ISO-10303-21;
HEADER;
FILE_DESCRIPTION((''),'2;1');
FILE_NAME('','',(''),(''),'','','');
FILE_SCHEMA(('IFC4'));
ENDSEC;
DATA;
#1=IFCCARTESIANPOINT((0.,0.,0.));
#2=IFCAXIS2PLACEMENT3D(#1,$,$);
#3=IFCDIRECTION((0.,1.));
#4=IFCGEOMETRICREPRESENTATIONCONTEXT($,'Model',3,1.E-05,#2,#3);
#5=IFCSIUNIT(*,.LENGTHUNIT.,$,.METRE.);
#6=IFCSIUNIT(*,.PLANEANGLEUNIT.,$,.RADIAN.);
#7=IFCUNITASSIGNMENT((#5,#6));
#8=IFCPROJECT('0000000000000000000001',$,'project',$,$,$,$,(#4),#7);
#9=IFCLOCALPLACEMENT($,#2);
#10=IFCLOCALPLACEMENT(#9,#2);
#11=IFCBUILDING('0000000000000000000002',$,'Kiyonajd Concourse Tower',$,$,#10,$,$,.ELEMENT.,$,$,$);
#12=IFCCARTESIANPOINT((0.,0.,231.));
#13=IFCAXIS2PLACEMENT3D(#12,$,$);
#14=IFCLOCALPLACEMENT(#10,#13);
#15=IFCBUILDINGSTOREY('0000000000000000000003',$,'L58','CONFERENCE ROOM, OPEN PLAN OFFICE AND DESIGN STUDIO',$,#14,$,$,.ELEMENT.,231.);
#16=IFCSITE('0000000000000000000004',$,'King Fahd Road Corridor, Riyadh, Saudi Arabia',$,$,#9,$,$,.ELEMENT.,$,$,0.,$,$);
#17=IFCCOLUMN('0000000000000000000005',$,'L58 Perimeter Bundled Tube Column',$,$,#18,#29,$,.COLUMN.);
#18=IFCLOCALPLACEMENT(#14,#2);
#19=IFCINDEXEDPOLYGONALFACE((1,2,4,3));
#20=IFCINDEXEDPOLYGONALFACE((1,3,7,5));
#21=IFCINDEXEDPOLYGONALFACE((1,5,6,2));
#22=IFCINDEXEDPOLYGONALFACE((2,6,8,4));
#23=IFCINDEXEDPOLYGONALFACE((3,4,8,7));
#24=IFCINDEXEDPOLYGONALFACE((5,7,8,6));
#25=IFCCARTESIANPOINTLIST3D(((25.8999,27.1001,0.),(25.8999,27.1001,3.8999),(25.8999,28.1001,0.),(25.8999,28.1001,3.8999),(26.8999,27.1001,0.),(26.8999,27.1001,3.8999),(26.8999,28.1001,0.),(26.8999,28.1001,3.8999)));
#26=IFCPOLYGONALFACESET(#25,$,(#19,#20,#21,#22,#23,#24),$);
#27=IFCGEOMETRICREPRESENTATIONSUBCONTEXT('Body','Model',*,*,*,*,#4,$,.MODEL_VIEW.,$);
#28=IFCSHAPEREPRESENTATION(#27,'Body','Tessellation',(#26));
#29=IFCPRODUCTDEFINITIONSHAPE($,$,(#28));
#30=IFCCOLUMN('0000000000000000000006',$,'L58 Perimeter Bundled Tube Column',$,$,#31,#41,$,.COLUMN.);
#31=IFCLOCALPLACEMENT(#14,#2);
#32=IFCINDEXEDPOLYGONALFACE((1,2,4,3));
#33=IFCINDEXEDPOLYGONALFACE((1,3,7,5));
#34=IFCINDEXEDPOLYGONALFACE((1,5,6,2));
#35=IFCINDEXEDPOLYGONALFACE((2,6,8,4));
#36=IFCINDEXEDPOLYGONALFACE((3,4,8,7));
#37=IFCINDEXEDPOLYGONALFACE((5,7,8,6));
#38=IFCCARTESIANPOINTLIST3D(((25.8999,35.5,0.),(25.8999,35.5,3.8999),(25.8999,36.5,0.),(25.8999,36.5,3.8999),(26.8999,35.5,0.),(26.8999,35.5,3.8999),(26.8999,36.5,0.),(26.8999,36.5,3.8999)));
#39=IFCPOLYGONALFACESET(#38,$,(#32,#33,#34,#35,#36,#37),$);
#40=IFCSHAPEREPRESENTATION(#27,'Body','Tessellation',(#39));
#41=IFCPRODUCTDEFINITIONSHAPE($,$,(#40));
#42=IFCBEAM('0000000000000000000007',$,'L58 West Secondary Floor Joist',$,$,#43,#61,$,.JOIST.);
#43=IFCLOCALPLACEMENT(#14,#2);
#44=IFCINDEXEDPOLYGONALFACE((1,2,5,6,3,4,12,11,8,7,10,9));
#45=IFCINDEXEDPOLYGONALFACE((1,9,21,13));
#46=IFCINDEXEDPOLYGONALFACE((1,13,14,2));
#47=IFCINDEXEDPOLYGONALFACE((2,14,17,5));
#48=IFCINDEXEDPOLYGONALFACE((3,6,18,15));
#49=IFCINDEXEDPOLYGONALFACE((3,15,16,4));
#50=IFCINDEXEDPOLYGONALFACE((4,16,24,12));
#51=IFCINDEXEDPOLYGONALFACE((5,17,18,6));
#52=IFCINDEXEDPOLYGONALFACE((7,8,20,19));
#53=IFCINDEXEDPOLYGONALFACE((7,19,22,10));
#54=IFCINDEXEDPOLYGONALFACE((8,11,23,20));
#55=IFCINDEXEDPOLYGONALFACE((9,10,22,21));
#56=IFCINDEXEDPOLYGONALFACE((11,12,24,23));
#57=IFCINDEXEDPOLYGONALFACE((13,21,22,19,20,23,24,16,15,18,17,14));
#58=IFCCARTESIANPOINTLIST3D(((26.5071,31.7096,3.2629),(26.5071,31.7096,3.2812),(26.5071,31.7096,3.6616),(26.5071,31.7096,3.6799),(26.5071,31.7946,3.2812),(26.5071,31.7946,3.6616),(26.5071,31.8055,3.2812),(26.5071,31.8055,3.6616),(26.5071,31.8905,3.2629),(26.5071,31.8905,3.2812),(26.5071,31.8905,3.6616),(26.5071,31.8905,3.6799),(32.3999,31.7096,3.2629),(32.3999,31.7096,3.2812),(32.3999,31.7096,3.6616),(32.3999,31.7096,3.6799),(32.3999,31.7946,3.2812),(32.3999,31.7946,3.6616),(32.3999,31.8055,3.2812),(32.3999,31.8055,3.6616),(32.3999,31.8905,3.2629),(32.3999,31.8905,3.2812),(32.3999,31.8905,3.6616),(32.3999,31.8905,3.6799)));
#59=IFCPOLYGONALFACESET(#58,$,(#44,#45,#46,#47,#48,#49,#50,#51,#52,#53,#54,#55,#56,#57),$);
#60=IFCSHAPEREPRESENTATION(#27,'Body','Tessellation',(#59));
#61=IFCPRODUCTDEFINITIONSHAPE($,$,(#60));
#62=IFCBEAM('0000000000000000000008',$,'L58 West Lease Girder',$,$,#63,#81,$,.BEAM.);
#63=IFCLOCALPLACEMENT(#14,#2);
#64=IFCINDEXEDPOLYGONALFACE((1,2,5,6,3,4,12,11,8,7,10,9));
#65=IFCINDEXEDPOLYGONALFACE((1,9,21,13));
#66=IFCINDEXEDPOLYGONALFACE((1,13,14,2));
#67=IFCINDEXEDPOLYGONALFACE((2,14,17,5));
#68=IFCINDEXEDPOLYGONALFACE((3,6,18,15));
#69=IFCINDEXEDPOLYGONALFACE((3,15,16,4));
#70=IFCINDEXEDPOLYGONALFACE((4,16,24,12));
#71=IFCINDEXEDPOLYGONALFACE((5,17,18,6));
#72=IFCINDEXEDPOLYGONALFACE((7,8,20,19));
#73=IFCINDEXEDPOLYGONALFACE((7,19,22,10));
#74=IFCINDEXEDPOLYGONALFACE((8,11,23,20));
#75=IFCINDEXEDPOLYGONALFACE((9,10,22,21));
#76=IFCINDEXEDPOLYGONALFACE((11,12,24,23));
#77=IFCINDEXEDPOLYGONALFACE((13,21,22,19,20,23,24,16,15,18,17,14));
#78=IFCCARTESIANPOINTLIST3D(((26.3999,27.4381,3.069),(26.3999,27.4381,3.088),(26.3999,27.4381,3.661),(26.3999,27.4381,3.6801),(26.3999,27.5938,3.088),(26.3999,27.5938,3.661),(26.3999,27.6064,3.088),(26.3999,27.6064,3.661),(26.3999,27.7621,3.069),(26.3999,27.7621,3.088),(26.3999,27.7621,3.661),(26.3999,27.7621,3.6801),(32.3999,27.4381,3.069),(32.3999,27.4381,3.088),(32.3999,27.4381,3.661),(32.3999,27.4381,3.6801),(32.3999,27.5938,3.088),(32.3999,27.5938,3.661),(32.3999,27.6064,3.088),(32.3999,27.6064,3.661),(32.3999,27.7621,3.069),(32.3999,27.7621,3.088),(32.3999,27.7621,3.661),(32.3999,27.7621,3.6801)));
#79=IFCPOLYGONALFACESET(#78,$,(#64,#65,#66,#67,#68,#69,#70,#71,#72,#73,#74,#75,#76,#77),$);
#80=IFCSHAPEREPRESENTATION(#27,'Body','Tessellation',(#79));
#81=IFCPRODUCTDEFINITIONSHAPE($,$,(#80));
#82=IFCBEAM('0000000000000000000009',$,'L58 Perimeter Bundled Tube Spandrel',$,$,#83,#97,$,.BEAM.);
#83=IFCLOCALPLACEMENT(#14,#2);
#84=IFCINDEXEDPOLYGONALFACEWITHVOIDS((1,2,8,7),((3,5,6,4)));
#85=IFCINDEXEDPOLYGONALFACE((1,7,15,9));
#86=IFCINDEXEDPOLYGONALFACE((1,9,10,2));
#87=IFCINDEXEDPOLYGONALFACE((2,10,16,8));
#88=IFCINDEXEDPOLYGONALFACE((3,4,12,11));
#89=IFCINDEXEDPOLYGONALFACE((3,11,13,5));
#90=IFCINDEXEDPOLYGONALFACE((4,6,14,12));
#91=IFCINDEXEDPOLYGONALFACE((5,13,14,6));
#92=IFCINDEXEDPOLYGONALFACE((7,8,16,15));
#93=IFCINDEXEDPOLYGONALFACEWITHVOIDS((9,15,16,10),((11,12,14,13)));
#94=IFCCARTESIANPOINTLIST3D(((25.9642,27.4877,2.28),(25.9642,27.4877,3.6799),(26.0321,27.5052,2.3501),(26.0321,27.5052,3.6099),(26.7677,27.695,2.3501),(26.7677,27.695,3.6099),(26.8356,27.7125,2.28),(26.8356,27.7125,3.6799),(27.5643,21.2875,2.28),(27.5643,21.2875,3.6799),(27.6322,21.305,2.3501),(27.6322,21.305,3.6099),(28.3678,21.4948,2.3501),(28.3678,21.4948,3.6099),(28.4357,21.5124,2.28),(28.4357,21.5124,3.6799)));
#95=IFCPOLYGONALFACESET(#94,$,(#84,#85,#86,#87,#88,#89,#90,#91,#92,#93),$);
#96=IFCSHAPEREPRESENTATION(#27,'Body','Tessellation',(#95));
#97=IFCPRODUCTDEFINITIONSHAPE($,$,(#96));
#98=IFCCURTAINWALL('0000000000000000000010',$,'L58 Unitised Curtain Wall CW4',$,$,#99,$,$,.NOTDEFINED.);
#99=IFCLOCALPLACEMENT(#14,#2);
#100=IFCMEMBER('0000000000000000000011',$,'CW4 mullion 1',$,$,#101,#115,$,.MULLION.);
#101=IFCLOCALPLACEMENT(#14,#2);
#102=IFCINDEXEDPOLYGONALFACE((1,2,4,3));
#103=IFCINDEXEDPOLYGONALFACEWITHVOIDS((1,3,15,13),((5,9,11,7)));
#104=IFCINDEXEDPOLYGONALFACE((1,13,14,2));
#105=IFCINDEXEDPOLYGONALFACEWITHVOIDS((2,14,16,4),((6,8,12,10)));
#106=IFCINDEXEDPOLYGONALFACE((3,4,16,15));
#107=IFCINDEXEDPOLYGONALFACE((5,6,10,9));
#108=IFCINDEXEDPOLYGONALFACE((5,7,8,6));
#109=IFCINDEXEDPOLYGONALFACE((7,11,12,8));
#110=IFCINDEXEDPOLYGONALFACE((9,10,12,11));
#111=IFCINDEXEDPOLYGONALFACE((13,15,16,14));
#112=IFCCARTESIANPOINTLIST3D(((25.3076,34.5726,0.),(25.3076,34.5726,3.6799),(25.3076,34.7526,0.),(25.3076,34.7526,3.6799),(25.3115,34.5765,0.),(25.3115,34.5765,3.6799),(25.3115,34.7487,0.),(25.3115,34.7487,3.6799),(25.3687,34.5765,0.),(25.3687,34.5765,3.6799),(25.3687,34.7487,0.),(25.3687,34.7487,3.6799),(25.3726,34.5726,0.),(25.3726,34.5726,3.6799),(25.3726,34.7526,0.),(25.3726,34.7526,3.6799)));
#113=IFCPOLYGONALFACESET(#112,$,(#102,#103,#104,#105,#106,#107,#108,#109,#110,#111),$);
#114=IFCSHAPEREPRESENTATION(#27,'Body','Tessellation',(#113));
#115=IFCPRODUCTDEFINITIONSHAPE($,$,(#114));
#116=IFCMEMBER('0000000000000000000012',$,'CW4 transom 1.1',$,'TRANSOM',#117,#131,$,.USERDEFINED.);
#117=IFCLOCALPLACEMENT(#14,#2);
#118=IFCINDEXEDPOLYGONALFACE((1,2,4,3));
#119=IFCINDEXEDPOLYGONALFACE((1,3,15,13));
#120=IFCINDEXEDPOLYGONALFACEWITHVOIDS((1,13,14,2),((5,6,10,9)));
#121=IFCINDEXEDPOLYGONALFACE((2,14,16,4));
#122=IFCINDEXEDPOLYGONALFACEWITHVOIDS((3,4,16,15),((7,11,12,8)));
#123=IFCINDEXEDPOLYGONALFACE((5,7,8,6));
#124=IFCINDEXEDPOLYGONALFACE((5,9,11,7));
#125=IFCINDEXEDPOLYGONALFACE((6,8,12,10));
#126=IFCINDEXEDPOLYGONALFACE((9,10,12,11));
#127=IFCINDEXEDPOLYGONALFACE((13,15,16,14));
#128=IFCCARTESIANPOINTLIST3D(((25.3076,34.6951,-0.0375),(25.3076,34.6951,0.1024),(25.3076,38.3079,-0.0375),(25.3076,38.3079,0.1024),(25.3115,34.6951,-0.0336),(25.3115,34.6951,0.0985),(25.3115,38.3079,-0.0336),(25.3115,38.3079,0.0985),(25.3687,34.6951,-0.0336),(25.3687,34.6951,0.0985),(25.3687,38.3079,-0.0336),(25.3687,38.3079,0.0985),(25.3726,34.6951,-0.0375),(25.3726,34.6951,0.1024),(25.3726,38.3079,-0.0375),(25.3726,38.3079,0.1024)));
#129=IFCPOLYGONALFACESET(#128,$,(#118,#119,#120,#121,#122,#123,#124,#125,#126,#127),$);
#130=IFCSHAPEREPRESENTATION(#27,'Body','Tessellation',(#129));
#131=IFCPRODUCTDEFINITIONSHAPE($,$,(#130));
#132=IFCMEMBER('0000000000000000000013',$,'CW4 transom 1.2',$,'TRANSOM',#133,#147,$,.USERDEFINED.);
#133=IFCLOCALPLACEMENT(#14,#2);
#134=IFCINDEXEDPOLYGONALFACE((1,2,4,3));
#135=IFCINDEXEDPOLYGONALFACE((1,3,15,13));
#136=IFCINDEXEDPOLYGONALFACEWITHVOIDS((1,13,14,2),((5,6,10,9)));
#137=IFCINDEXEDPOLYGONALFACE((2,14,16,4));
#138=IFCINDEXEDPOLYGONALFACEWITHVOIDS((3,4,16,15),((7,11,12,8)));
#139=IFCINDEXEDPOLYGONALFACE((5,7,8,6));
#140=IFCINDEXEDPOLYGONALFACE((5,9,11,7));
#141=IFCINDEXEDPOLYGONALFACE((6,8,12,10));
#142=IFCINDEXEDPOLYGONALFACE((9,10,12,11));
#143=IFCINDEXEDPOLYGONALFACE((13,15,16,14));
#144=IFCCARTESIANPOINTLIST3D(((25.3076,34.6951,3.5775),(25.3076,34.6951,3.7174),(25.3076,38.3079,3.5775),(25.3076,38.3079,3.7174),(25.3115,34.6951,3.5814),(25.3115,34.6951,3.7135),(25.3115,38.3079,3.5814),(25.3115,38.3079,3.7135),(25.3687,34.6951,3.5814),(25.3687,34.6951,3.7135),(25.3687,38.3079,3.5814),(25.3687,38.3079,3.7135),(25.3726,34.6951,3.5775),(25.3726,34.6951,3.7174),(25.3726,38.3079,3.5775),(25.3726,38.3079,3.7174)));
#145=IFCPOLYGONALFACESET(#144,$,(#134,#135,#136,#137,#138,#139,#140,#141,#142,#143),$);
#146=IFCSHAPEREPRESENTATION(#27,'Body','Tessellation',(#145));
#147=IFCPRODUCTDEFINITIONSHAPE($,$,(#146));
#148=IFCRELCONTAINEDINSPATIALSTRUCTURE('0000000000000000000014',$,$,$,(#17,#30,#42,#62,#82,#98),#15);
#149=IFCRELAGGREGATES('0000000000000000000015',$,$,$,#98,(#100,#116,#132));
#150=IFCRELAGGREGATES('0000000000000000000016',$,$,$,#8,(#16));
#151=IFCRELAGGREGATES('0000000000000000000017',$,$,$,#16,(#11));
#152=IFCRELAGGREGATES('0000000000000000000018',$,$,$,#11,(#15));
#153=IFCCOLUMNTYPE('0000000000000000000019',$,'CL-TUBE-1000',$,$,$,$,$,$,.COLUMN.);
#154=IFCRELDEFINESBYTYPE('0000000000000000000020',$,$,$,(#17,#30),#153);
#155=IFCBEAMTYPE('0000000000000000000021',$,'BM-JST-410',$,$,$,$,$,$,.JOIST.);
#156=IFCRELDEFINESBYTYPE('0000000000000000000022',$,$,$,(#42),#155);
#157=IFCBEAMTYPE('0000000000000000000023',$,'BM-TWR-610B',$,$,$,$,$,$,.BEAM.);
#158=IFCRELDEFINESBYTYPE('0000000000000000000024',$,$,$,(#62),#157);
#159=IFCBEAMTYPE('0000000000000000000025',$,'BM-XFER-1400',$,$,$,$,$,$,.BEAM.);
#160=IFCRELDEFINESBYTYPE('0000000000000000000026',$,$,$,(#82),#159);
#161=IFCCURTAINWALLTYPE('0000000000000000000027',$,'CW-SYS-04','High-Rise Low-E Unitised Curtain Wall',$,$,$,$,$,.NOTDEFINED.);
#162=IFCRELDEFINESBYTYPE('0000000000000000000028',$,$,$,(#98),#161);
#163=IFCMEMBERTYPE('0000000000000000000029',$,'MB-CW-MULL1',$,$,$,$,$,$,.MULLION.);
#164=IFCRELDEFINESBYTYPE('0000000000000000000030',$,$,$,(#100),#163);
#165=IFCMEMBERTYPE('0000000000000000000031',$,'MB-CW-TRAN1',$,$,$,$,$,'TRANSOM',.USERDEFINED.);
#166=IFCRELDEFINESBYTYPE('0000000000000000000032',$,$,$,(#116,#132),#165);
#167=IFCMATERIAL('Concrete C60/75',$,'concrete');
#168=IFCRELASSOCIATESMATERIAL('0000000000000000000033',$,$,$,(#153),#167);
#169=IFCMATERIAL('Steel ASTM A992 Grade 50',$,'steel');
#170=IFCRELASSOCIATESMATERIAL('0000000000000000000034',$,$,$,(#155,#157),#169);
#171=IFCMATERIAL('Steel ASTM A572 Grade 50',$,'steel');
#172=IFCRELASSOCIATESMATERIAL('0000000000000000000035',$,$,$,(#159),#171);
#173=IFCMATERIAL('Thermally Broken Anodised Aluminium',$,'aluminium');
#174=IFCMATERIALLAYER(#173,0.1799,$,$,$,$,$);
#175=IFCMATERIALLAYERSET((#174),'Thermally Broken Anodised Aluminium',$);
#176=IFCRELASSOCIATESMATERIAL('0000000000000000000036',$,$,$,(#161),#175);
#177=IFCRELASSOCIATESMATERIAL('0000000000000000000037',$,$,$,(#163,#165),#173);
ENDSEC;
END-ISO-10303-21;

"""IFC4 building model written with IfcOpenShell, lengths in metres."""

from ifc_helpers import new_model, si_unit, direction, frame, origin, origin_2d, place, context, subcontext, project, spatial, rectangle, hollow_rectangle, i_section, extrude, material, layer, layer_set, material_profile, profile_set, type_object, element, aggregate, save


model = new_model("IFC4")

# Units and contexts
model_context = context("Model", 3, precision=1e-05, world=origin(), true_north=direction((0.0, 1.0)))
body_context = subcontext(model_context, "Body", "Model", "MODEL_VIEW")
ifc_project = project(units=[si_unit("LENGTHUNIT", "METRE"), si_unit("PLANEANGLEUNIT", "RADIAN")], contexts=[model_context])

# Site, building, storey
site_placement = place(None, origin())
site = spatial("IfcSite", under=ifc_project, at=site_placement, Name="King Fahd Road Corridor, Riyadh, Saudi Arabia", CompositionType="ELEMENT", RefElevation=0.0)
building_placement = place(site_placement, origin())
building = spatial("IfcBuilding", under=site, at=building_placement, Name="Kiyonajd Concourse Tower", CompositionType="ELEMENT")
storey_placement = place(building_placement, frame((0.0, 0.0, 231.0)))
storey = spatial("IfcBuildingStorey", under=building, at=storey_placement, Name="L58", Description="CONFERENCE ROOM, OPEN PLAN OFFICE AND DESIGN STUDIO", CompositionType="ELEMENT", Elevation=231.0)

# Columns
ifc_material_1 = material(Name="Concrete C60/75", Category="concrete")
ifc_material_profile_1 = material_profile(ifc_material_1, rectangle(XDim=1.0, YDim=1.0, at=origin_2d()), Name="RC-1000x1000")
ifc_profile_set_1 = profile_set([ifc_material_profile_1], Name="Concrete C60/75")
column_type = type_object("IfcColumnType", Name="CL-TUBE-1000", PredefinedType="COLUMN", material=ifc_profile_set_1)
for number, where, z_axis, x_axis, name in (
    (1, (26.3999, 27.6001, 0.0), (0.0, 0.0, 1.0), (1.0, 0.0, 0.0), "L58 Perimeter Bundled Tube Column"),
    (2, (26.3999, 36.0, 0.0), (0.0, 0.0, 1.0), (1.0, 0.0, 0.0), "L58 Perimeter Bundled Tube Column"),
):
    element("IfcColumn", number, at=place(storey_placement, frame(where, z_axis=z_axis, x_axis=x_axis)), inside=storey, type_object=column_type, Name=name, PredefinedType="COLUMN", context=body_context, shape_type="SweptSolid", body=[
        extrude(rectangle(XDim=1.0, YDim=1.0, at=origin_2d()), origin(), (0.0, 0.0, 1.0), 3.8999),
    ])

# Beams
ifc_material_2 = material(Name="Steel ASTM A992 Grade 50", Category="steel")
ifc_material_profile_2 = material_profile(ifc_material_2, i_section(OverallWidth=0.1809, OverallDepth=0.417, WebThickness=0.011, FlangeThickness=0.0183, at=origin_2d()), Name="W410X85")
ifc_profile_set_2 = profile_set([ifc_material_profile_2], Name="Steel ASTM A992 Grade 50")
beam_type_1 = type_object("IfcBeamType", Name="BM-JST-410", PredefinedType="JOIST", material=ifc_profile_set_2)
beam_1_placement = place(storey_placement, frame((26.5071, 31.8, 3.4714), z_axis=(1.0, 0.0, 0.0), x_axis=(0.0, 1.0, 0.0)))
element("IfcBeam", 3, at=beam_1_placement, inside=storey, type_object=beam_type_1, Name="L58 West Secondary Floor Joist", PredefinedType="JOIST", context=body_context, shape_type="SweptSolid", body=[
    extrude(i_section(OverallWidth=0.1809, OverallDepth=0.417, WebThickness=0.011, FlangeThickness=0.0183, at=origin_2d()), origin(), (0.0, 0.0, 1.0), 5.8928),
])
ifc_material_profile_3 = material_profile(ifc_material_2, i_section(OverallWidth=0.324, OverallDepth=0.6111, WebThickness=0.0127, FlangeThickness=0.019, at=origin_2d()), Name="W610X155")
ifc_profile_set_3 = profile_set([ifc_material_profile_3], Name="Steel ASTM A992 Grade 50")
beam_type_2 = type_object("IfcBeamType", Name="BM-TWR-610B", PredefinedType="BEAM", material=ifc_profile_set_3)
beam_2_placement = place(storey_placement, frame((26.3999, 27.6001, 3.3745), z_axis=(1.0, 0.0, 0.0), x_axis=(0.0, 1.0, 0.0)))
element("IfcBeam", 4, at=beam_2_placement, inside=storey, type_object=beam_type_2, Name="L58 West Lease Girder", PredefinedType="BEAM", context=body_context, shape_type="SweptSolid", body=[
    extrude(i_section(OverallWidth=0.324, OverallDepth=0.6111, WebThickness=0.0127, FlangeThickness=0.019, at=origin_2d()), origin(), (0.0, 0.0, 1.0), 6.0),
])
ifc_material_3 = material(Name="Steel ASTM A572 Grade 50", Category="steel")
ifc_material_profile_4 = material_profile(ifc_material_3, hollow_rectangle(XDim=0.8999, YDim=1.3999, WallThickness=0.0701, at=origin_2d()), Name="BOX-1400x900x70")
ifc_profile_set_4 = profile_set([ifc_material_profile_4], Name="Steel ASTM A572 Grade 50")
beam_type_3 = type_object("IfcBeamType", Name="BM-XFER-1400", PredefinedType="BEAM", material=ifc_profile_set_4)
beam_3_placement = place(storey_placement, frame((26.3999, 27.6001, 2.98), z_axis=(0.249885, -0.968276, 0.0), x_axis=(0.968276, 0.249885, 0.0)))
element("IfcBeam", 5, at=beam_3_placement, inside=storey, type_object=beam_type_3, Name="L58 Perimeter Bundled Tube Spandrel", PredefinedType="BEAM", context=body_context, shape_type="SweptSolid", body=[
    extrude(hollow_rectangle(XDim=0.8999, YDim=1.3999, WallThickness=0.0701, at=origin_2d()), origin(), (0.0, 0.0, 1.0), 6.4033),
])

# Curtain wall, members
ifc_material_4 = material(Name="Thermally Broken Anodised Aluminium", Category="aluminium")
ifc_layer_1 = layer(ifc_material_4, 0.1799)
ifc_layer_set_1 = layer_set([ifc_layer_1], Name="Thermally Broken Anodised Aluminium")
curtain_wall_type = type_object("IfcCurtainWallType", Name="CW-SYS-04", Description="High-Rise Low-E Unitised Curtain Wall", PredefinedType="NOTDEFINED", material=ifc_layer_set_1)
curtain_wall_placement = place(storey_placement, origin())
curtain_wall = element("IfcCurtainWall", 6, at=curtain_wall_placement, inside=storey, type_object=curtain_wall_type, Name="L58 Unitised Curtain Wall CW4", PredefinedType="NOTDEFINED")
ifc_material_profile_5 = material_profile(ifc_material_4, hollow_rectangle(XDim=0.0649, YDim=0.1799, WallThickness=0.0039, at=origin_2d()), Name="MULL-65x180")
ifc_profile_set_5 = profile_set([ifc_material_profile_5], Name="Thermally Broken Anodised Aluminium")
member_type_1 = type_object("IfcMemberType", Name="MB-CW-MULL1", PredefinedType="MULLION", material=ifc_profile_set_5)
member_1_placement = place(storey_placement, frame((25.3401, 34.6626, 0.0), z_axis=(0.0, 0.0, 1.0), x_axis=(-1.0, 0.0, 0.0)))
member_1 = element("IfcMember", 7, at=member_1_placement, type_object=member_type_1, Name="CW4 mullion 1", PredefinedType="MULLION", context=body_context, shape_type="SweptSolid", body=[
    extrude(hollow_rectangle(XDim=0.0649, YDim=0.1799, WallThickness=0.0039, at=origin_2d()), origin(), (0.0, 0.0, 1.0), 3.6799),
])
ifc_material_profile_6 = material_profile(ifc_material_4, hollow_rectangle(XDim=0.0649, YDim=0.1399, WallThickness=0.0039, at=origin_2d()), Name="TRAN-65x140")
ifc_profile_set_6 = profile_set([ifc_material_profile_6], Name="Thermally Broken Anodised Aluminium")
member_type_2 = type_object("IfcMemberType", Name="MB-CW-TRAN1", ElementType="TRANSOM", PredefinedType="USERDEFINED", material=ifc_profile_set_6)
member_2_placement = place(storey_placement, frame((25.3401, 34.6951, 0.0325), z_axis=(0.0, 1.0, 0.0), x_axis=(-1.0, 0.0, 0.0)))
member_2 = element("IfcMember", 8, at=member_2_placement, type_object=member_type_2, Name="CW4 transom 1.1", ObjectType="TRANSOM", PredefinedType="USERDEFINED", context=body_context, shape_type="SweptSolid", body=[
    extrude(hollow_rectangle(XDim=0.0649, YDim=0.1399, WallThickness=0.0039, at=origin_2d()), origin(), (0.0, 0.0, 1.0), 3.6128),
])
member_3_placement = place(storey_placement, frame((25.3401, 34.6951, 3.6475), z_axis=(0.0, 1.0, 0.0), x_axis=(-1.0, 0.0, 0.0)))
member_3 = element("IfcMember", 9, at=member_3_placement, type_object=member_type_2, Name="CW4 transom 1.2", ObjectType="TRANSOM", PredefinedType="USERDEFINED", context=body_context, shape_type="SweptSolid", body=[
    extrude(hollow_rectangle(XDim=0.0649, YDim=0.1399, WallThickness=0.0039, at=origin_2d()), origin(), (0.0, 0.0, 1.0), 3.6128),
])
aggregate(curtain_wall, [member_1, member_2, member_3])

save(model, "model.ifc")
